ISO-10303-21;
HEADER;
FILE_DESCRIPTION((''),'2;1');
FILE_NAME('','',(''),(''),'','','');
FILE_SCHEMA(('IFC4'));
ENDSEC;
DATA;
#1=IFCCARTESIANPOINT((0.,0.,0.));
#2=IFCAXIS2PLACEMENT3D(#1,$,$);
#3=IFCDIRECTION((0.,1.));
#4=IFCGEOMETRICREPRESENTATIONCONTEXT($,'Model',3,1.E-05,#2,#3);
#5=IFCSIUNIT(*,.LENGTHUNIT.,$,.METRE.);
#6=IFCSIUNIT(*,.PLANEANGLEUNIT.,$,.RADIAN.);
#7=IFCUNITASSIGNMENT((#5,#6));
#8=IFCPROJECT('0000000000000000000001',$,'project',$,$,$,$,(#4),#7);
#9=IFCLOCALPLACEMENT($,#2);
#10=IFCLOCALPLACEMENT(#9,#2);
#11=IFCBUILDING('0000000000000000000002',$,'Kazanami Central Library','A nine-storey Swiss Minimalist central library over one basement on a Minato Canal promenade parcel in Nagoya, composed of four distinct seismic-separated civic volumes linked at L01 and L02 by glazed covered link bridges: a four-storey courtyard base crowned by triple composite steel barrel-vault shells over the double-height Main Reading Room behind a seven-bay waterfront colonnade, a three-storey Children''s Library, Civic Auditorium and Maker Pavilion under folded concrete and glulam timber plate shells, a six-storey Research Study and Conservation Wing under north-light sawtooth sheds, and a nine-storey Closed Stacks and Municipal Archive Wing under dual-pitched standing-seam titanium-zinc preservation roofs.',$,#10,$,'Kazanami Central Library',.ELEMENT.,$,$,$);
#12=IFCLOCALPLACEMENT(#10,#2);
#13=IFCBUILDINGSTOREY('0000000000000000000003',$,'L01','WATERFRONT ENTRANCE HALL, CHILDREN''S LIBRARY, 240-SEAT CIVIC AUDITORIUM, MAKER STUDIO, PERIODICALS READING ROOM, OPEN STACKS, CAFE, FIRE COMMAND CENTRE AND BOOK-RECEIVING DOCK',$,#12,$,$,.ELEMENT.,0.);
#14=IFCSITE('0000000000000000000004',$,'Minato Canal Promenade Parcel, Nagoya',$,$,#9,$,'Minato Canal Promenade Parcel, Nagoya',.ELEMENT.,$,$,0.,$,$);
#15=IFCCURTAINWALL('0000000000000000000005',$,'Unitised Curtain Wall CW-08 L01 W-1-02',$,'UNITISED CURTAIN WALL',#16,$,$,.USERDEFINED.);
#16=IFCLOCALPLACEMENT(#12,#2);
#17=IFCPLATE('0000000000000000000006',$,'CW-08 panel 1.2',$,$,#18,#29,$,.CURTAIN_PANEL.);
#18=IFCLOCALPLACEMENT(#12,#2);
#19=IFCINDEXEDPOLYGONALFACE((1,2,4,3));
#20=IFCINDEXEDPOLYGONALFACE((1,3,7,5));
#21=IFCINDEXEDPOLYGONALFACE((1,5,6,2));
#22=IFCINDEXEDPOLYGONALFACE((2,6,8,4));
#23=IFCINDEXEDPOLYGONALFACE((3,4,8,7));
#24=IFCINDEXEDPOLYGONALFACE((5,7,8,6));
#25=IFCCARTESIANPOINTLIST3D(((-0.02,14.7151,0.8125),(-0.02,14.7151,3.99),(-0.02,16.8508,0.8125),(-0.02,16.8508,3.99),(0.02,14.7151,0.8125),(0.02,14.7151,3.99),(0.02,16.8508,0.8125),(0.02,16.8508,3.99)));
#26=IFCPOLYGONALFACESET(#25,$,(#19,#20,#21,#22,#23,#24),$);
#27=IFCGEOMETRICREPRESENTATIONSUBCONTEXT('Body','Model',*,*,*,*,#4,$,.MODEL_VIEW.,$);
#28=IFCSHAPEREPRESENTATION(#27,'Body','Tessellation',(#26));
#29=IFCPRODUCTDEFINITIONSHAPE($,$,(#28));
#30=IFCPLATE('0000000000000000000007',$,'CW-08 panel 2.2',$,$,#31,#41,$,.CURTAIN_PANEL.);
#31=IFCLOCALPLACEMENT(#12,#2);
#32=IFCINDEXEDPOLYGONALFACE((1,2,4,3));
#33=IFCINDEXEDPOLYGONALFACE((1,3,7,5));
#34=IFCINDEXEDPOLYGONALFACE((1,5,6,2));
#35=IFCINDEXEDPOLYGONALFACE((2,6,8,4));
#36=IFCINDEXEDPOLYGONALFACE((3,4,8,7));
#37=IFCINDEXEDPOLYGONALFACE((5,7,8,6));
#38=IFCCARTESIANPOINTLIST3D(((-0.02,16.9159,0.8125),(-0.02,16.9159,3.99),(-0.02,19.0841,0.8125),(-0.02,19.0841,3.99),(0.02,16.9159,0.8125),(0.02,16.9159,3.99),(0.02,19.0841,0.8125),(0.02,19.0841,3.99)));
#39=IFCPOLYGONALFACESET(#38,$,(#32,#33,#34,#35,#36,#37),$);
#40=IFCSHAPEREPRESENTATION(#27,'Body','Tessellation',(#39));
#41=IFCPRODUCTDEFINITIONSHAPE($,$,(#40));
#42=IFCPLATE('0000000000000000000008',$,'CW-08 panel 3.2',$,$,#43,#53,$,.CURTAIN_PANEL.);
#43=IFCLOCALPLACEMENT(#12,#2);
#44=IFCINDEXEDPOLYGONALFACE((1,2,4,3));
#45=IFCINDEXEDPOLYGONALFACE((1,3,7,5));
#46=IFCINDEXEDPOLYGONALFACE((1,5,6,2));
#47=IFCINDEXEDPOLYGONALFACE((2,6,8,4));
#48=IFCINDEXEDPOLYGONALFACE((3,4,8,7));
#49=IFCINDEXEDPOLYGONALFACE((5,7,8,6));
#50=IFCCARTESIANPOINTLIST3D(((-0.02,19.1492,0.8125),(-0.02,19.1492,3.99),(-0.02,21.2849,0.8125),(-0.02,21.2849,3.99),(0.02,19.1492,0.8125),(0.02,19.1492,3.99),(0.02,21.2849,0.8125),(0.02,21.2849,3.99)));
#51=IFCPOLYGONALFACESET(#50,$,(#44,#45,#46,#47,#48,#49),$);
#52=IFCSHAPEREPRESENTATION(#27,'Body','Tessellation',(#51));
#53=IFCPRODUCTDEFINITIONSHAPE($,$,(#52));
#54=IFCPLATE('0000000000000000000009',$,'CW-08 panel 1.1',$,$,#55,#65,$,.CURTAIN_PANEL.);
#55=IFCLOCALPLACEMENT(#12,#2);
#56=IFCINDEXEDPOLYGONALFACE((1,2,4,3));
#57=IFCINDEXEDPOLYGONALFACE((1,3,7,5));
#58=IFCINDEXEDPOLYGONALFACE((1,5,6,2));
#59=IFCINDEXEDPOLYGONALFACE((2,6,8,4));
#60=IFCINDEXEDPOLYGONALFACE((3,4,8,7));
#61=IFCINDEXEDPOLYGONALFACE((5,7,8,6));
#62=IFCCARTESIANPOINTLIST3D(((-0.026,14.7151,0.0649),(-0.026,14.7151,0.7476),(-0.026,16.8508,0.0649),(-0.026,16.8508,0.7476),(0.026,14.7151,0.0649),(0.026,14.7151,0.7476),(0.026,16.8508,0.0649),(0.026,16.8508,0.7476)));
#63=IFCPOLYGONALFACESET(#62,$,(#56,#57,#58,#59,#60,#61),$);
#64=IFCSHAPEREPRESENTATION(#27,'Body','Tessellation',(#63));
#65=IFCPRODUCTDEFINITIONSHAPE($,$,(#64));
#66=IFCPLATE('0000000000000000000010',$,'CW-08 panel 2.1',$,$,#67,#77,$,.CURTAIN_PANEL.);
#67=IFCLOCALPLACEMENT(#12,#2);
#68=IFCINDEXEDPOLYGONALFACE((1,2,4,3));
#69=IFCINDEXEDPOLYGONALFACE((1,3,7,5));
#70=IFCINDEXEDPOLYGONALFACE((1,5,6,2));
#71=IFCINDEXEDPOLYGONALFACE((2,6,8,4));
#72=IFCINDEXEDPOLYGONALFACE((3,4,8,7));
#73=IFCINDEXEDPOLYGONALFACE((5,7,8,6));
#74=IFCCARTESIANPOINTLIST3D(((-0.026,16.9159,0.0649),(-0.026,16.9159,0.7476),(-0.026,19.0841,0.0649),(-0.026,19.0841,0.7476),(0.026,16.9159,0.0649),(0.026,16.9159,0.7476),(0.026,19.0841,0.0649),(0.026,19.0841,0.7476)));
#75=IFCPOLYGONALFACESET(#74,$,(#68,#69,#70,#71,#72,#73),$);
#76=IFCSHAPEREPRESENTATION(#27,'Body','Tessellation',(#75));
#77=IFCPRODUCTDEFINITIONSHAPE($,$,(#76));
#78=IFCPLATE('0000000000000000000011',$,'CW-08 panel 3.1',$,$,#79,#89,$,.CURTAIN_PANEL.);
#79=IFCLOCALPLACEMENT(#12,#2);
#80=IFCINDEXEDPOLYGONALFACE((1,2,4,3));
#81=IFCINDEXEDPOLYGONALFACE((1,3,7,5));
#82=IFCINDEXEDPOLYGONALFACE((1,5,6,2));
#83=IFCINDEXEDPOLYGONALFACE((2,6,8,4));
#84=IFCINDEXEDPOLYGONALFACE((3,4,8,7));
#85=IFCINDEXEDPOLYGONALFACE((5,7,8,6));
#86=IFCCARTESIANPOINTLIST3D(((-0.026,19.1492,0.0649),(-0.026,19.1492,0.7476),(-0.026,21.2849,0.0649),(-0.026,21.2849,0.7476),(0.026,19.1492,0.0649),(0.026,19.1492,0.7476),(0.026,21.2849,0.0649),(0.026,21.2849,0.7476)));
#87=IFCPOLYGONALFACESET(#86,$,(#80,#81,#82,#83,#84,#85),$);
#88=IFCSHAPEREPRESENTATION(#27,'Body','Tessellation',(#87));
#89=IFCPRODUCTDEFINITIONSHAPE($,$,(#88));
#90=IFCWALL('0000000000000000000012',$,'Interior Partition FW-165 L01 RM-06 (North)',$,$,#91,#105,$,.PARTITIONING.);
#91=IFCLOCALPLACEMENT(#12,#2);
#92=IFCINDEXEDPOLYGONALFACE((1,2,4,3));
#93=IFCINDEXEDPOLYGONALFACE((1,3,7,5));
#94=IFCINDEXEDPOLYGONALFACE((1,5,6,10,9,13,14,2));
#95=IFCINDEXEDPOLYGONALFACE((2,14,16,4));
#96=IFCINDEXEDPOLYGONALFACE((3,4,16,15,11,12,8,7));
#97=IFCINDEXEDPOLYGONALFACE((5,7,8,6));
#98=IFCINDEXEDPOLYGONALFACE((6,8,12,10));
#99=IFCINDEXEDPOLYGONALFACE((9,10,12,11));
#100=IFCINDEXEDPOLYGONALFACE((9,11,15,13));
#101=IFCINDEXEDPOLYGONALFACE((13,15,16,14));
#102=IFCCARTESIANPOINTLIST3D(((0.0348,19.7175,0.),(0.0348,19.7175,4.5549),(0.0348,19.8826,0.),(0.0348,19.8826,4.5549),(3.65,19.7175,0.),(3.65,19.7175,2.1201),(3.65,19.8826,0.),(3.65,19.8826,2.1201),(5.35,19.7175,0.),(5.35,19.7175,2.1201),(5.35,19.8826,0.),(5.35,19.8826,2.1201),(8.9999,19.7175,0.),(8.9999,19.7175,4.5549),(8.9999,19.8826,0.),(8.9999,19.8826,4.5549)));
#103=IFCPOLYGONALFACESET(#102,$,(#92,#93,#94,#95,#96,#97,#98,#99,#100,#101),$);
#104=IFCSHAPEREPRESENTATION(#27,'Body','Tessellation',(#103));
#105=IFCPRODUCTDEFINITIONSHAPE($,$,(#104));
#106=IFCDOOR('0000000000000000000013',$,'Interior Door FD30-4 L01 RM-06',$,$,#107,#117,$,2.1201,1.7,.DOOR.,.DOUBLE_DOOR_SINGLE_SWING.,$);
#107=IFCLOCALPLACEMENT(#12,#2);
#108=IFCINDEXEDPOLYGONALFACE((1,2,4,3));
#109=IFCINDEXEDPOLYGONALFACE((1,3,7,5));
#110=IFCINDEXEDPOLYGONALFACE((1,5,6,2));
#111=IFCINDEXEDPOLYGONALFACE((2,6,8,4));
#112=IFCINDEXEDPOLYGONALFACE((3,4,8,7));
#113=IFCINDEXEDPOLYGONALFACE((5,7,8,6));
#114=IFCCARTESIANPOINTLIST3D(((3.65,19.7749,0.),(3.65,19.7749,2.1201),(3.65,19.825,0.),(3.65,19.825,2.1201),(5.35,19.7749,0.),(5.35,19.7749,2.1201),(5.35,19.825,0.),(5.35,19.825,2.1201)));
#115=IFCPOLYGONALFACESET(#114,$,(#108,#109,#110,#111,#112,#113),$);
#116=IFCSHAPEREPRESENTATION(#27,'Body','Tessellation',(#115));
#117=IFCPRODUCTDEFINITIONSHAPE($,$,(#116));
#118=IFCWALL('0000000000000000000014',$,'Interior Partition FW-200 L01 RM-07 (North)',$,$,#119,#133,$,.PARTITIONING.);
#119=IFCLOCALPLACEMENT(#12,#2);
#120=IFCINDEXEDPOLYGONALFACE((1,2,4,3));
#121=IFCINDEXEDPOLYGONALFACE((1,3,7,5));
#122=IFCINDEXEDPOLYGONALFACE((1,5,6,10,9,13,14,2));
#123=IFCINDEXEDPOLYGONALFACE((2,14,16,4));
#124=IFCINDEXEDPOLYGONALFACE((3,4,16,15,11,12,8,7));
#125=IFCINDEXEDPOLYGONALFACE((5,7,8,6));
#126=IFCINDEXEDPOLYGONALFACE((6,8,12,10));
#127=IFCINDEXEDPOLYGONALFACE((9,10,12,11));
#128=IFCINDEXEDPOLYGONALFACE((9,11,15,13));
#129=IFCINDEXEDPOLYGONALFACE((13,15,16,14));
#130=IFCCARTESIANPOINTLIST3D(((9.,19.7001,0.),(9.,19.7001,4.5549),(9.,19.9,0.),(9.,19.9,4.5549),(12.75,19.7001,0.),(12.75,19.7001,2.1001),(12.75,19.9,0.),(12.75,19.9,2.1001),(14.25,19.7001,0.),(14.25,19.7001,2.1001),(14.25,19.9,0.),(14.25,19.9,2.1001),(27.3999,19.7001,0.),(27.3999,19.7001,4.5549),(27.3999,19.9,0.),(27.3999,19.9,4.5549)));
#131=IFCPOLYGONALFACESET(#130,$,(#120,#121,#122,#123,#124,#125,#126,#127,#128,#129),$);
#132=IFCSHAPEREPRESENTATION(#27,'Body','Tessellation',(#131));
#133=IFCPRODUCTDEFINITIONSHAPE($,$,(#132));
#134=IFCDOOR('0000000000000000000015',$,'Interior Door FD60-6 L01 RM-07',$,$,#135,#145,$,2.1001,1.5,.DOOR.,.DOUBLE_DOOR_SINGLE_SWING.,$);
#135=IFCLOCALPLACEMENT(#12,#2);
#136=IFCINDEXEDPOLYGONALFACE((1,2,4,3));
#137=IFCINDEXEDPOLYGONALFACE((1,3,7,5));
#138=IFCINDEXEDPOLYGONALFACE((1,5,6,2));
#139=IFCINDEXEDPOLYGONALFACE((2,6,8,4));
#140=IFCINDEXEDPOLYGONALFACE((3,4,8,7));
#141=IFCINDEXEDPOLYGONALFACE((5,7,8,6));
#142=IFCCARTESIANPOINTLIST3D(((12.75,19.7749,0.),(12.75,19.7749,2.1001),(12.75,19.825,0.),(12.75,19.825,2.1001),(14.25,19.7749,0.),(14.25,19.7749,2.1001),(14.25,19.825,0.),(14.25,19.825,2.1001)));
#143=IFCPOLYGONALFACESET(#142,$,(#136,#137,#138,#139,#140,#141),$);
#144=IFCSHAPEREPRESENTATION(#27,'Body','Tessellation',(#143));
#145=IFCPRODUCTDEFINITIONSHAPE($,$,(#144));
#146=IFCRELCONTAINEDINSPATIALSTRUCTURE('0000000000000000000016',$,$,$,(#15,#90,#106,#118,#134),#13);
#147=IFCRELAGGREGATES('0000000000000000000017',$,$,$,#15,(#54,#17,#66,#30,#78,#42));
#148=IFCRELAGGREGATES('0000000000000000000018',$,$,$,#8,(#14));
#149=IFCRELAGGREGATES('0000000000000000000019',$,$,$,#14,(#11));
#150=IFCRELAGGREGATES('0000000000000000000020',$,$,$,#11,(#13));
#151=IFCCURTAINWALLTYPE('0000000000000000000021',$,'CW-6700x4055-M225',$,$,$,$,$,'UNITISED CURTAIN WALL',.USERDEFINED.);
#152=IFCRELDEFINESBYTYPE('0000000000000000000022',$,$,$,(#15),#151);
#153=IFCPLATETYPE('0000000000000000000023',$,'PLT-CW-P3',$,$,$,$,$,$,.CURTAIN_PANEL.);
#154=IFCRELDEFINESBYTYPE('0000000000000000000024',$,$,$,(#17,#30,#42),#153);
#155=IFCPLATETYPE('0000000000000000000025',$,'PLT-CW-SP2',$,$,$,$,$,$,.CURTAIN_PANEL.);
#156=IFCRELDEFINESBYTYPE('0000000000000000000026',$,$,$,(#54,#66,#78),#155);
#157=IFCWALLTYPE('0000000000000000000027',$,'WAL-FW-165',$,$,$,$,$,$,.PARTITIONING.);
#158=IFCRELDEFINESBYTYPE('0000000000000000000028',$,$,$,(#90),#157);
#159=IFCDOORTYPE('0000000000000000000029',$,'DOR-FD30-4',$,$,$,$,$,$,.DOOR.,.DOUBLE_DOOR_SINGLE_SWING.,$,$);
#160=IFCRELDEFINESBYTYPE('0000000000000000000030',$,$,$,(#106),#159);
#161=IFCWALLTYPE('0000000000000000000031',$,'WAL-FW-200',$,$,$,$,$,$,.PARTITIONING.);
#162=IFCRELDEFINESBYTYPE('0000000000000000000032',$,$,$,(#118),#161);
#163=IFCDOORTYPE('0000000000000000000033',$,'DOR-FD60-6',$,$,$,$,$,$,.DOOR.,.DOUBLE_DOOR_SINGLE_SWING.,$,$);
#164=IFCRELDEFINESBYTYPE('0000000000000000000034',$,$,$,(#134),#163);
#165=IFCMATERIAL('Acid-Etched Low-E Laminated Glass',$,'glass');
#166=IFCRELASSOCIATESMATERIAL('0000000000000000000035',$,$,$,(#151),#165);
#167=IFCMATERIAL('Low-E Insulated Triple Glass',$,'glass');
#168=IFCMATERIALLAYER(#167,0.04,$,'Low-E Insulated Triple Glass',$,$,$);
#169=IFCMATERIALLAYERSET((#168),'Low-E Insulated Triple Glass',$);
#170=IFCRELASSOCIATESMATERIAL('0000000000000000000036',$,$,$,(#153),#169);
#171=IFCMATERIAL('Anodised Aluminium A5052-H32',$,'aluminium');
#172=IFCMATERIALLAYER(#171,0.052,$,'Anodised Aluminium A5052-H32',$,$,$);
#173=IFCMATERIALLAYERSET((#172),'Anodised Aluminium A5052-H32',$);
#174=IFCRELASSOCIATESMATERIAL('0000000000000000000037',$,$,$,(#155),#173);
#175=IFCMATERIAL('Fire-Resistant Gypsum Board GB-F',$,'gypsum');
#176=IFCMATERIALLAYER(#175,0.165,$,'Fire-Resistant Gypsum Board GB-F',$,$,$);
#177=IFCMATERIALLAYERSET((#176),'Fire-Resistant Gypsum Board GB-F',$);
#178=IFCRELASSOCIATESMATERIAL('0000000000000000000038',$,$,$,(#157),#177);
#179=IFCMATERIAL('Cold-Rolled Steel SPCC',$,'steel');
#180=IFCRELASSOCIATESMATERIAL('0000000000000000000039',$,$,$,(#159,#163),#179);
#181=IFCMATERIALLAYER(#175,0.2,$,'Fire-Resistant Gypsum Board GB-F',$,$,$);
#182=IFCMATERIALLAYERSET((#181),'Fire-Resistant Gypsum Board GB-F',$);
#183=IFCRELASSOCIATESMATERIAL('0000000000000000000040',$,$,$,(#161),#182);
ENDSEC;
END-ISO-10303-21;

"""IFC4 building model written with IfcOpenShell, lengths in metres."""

from ifc_helpers import new_model, si_unit, direction, frame, frame_2d, origin, origin_2d, place, context, subcontext, project, spatial, rectangle, extrude, material, layer, layer_set, type_object, element, fill, aggregate, save


model = new_model("IFC4")

# Units and contexts
model_context = context("Model", 3, precision=1e-05, world=origin(), true_north=direction((0.0, 1.0)))
body_context = subcontext(model_context, "Body", "Model", "MODEL_VIEW")
ifc_project = project(units=[si_unit("LENGTHUNIT", "METRE"), si_unit("PLANEANGLEUNIT", "RADIAN")], contexts=[model_context])

# Site, building, storey
site_placement = place(None, origin())
site = spatial("IfcSite", under=ifc_project, at=site_placement, Name="Minato Canal Promenade Parcel, Nagoya", LongName="Minato Canal Promenade Parcel, Nagoya", CompositionType="ELEMENT", RefElevation=0.0)
building_placement = place(site_placement, origin())
building = spatial("IfcBuilding", under=site, at=building_placement, Name="Kazanami Central Library", Description="A nine-storey Swiss Minimalist central library over one basement on a Minato Canal promenade parcel in Nagoya, composed of four distinct seismic-separated civic volumes linked at L01 and L02 by glazed covered link bridges: a four-storey courtyard base crowned by triple composite steel barrel-vault shells over the double-height Main Reading Room behind a seven-bay waterfront colonnade, a three-storey Children's Library, Civic Auditorium and Maker Pavilion under folded concrete and glulam timber plate shells, a six-storey Research Study and Conservation Wing under north-light sawtooth sheds, and a nine-storey Closed Stacks and Municipal Archive Wing under dual-pitched standing-seam titanium-zinc preservation roofs.", LongName="Kazanami Central Library", CompositionType="ELEMENT")
storey_placement = place(building_placement, origin())
storey = spatial("IfcBuildingStorey", under=building, at=storey_placement, Name="L01", Description="WATERFRONT ENTRANCE HALL, CHILDREN'S LIBRARY, 240-SEAT CIVIC AUDITORIUM, MAKER STUDIO, PERIODICALS READING ROOM, OPEN STACKS, CAFE, FIRE COMMAND CENTRE AND BOOK-RECEIVING DOCK", CompositionType="ELEMENT", Elevation=0.0)

# Curtain wall, plates
ifc_material_1 = material(Name="Acid-Etched Low-E Laminated Glass", Category="glass")
curtain_wall_type = type_object("IfcCurtainWallType", Name="CW-6700x4055-M225", ElementType="UNITISED CURTAIN WALL", PredefinedType="USERDEFINED", material=ifc_material_1)
curtain_wall_placement = place(storey_placement, origin())
curtain_wall = element("IfcCurtainWall", 1, at=curtain_wall_placement, inside=storey, type_object=curtain_wall_type, Name="Unitised Curtain Wall CW-08 L01 W-1-02", ObjectType="UNITISED CURTAIN WALL", PredefinedType="USERDEFINED")
ifc_material_2 = material(Name="Low-E Insulated Triple Glass", Category="glass")
ifc_layer_1 = layer(ifc_material_2, 0.04, Name="Low-E Insulated Triple Glass")
ifc_layer_set_1 = layer_set([ifc_layer_1], Name="Low-E Insulated Triple Glass")
plate_type_1 = type_object("IfcPlateType", Name="PLT-CW-P3", PredefinedType="CURTAIN_PANEL", material=ifc_layer_set_1)
plate_1_placement = place(storey_placement, frame((0.0, 15.783, 0.8125), z_axis=(0.0, 0.0, 1.0), x_axis=(0.0, 1.0, 0.0)))
plate_1 = element("IfcPlate", 2, at=plate_1_placement, type_object=plate_type_1, Name="CW-08 panel 1.2", PredefinedType="CURTAIN_PANEL", context=body_context, shape_type="SweptSolid", body=[
    extrude(rectangle(XDim=2.1357, YDim=0.04, at=origin_2d()), origin(), (0.0, 0.0, 1.0), 3.1775),
])
plate_2_placement = place(storey_placement, frame((0.0, 18.0, 0.8125), z_axis=(0.0, 0.0, 1.0), x_axis=(0.0, 1.0, 0.0)))
plate_2 = element("IfcPlate", 3, at=plate_2_placement, type_object=plate_type_1, Name="CW-08 panel 2.2", PredefinedType="CURTAIN_PANEL", context=body_context, shape_type="SweptSolid", body=[
    extrude(rectangle(XDim=2.1682, YDim=0.04, at=origin_2d()), origin(), (0.0, 0.0, 1.0), 3.1775),
])
plate_3_placement = place(storey_placement, frame((0.0, 20.217, 0.8125), z_axis=(0.0, 0.0, 1.0), x_axis=(0.0, 1.0, 0.0)))
plate_3 = element("IfcPlate", 4, at=plate_3_placement, type_object=plate_type_1, Name="CW-08 panel 3.2", PredefinedType="CURTAIN_PANEL", context=body_context, shape_type="SweptSolid", body=[
    extrude(rectangle(XDim=2.1357, YDim=0.04, at=origin_2d()), origin(), (0.0, 0.0, 1.0), 3.1775),
])
ifc_material_3 = material(Name="Anodised Aluminium A5052-H32", Category="aluminium")
ifc_layer_2 = layer(ifc_material_3, 0.052, Name="Anodised Aluminium A5052-H32")
ifc_layer_set_2 = layer_set([ifc_layer_2], Name="Anodised Aluminium A5052-H32")
plate_type_2 = type_object("IfcPlateType", Name="PLT-CW-SP2", PredefinedType="CURTAIN_PANEL", material=ifc_layer_set_2)
plate_4_placement = place(storey_placement, frame((0.0, 15.783, 0.0649), z_axis=(0.0, 0.0, 1.0), x_axis=(0.0, 1.0, 0.0)))
plate_4 = element("IfcPlate", 5, at=plate_4_placement, type_object=plate_type_2, Name="CW-08 panel 1.1", PredefinedType="CURTAIN_PANEL", context=body_context, shape_type="SweptSolid", body=[
    extrude(rectangle(XDim=2.1357, YDim=0.052, at=origin_2d()), origin(), (0.0, 0.0, 1.0), 0.6826),
])
plate_5_placement = place(storey_placement, frame((0.0, 18.0, 0.0649), z_axis=(0.0, 0.0, 1.0), x_axis=(0.0, 1.0, 0.0)))
plate_5 = element("IfcPlate", 6, at=plate_5_placement, type_object=plate_type_2, Name="CW-08 panel 2.1", PredefinedType="CURTAIN_PANEL", context=body_context, shape_type="SweptSolid", body=[
    extrude(rectangle(XDim=2.1682, YDim=0.052, at=origin_2d()), origin(), (0.0, 0.0, 1.0), 0.6826),
])
plate_6_placement = place(storey_placement, frame((0.0, 20.217, 0.0649), z_axis=(0.0, 0.0, 1.0), x_axis=(0.0, 1.0, 0.0)))
plate_6 = element("IfcPlate", 7, at=plate_6_placement, type_object=plate_type_2, Name="CW-08 panel 3.1", PredefinedType="CURTAIN_PANEL", context=body_context, shape_type="SweptSolid", body=[
    extrude(rectangle(XDim=2.1357, YDim=0.052, at=origin_2d()), origin(), (0.0, 0.0, 1.0), 0.6826),
])
aggregate(curtain_wall, [plate_4, plate_1, plate_5, plate_2, plate_6, plate_3])

# Walls, openings, doors
ifc_material_4 = material(Name="Fire-Resistant Gypsum Board GB-F", Category="gypsum")
ifc_layer_3 = layer(ifc_material_4, 0.165, Name="Fire-Resistant Gypsum Board GB-F")
ifc_layer_set_3 = layer_set([ifc_layer_3], Name="Fire-Resistant Gypsum Board GB-F")
wall_type_1 = type_object("IfcWallType", Name="WAL-FW-165", PredefinedType="PARTITIONING", material=ifc_layer_set_3)
wall_1_placement = place(storey_placement, frame((0.0349, 19.8, 0.0), z_axis=(0.0, 0.0, 1.0), x_axis=(1.0, 0.0, 0.0)))
wall_1 = element("IfcWall", 8, at=wall_1_placement, inside=storey, type_object=wall_type_1, Name="Interior Partition FW-165 L01 RM-06 (North)", PredefinedType="PARTITIONING", context=body_context, shape_type="SweptSolid", body=[
    extrude(rectangle(XDim=8.9651, YDim=0.165, at=frame_2d((4.4824, 0.0))), origin(), (0.0, 0.0, 1.0), 4.5549),
])
opening_1_placement = place(wall_1_placement, frame((3.615, 0.0, 0.0)))
opening_1 = element("IfcOpeningElement", 9, at=opening_1_placement, cuts=wall_1, PredefinedType="OPENING", context=body_context, shape_type="SweptSolid", body=[
    extrude(rectangle(XDim=1.7, YDim=2.1201, at=frame_2d((0.8501, 1.0601))), frame((0.0, 0.0945, 0.0), z_axis=(0.0, -1.0, 0.0), x_axis=(1.0, 0.0, 0.0)), (0.0, 0.0, 1.0), 0.189),
])
ifc_material_5 = material(Name="Cold-Rolled Steel SPCC", Category="steel")
door_type_1 = type_object("IfcDoorType", Name="DOR-FD30-4", OperationType="DOUBLE_DOOR_SINGLE_SWING", PredefinedType="DOOR", material=ifc_material_5)
door_1_placement = place(opening_1_placement, origin())
door_1 = element("IfcDoor", 10, at=door_1_placement, inside=storey, type_object=door_type_1, Name="Interior Door FD30-4 L01 RM-06", OperationType="DOUBLE_DOOR_SINGLE_SWING", OverallHeight=2.1201, OverallWidth=1.7, PredefinedType="DOOR", context=body_context, shape_type="SweptSolid", body=[
    extrude(rectangle(XDim=1.7, YDim=2.1201, at=frame_2d((0.8501, 1.0601))), frame((0.0, 0.0249, 0.0), z_axis=(0.0, -1.0, 0.0), x_axis=(1.0, 0.0, 0.0)), (0.0, 0.0, 1.0), 0.05),
])
fill(opening_1, door_1)
ifc_layer_4 = layer(ifc_material_4, 0.2, Name="Fire-Resistant Gypsum Board GB-F")
ifc_layer_set_4 = layer_set([ifc_layer_4], Name="Fire-Resistant Gypsum Board GB-F")
wall_type_2 = type_object("IfcWallType", Name="WAL-FW-200", PredefinedType="PARTITIONING", material=ifc_layer_set_4)
wall_2_placement = place(storey_placement, frame((9.0, 19.8, 0.0), z_axis=(0.0, 0.0, 1.0), x_axis=(1.0, 0.0, 0.0)))
wall_2 = element("IfcWall", 11, at=wall_2_placement, inside=storey, type_object=wall_type_2, Name="Interior Partition FW-200 L01 RM-07 (North)", PredefinedType="PARTITIONING", context=body_context, shape_type="SweptSolid", body=[
    extrude(rectangle(XDim=18.3999, YDim=0.2, at=frame_2d((9.2, 0.0))), origin(), (0.0, 0.0, 1.0), 4.5549),
])
opening_2_placement = place(wall_2_placement, frame((3.75, 0.0, 0.0)))
opening_2 = element("IfcOpeningElement", 12, at=opening_2_placement, cuts=wall_2, PredefinedType="OPENING", context=body_context, shape_type="SweptSolid", body=[
    extrude(rectangle(XDim=1.5, YDim=2.1001, at=frame_2d((0.75, 1.05))), frame((0.0, 0.1118, 0.0), z_axis=(0.0, -1.0, 0.0), x_axis=(1.0, 0.0, 0.0)), (0.0, 0.0, 1.0), 0.2239),
])
door_type_2 = type_object("IfcDoorType", Name="DOR-FD60-6", OperationType="DOUBLE_DOOR_SINGLE_SWING", PredefinedType="DOOR", material=ifc_material_5)
door_2_placement = place(opening_2_placement, origin())
door_2 = element("IfcDoor", 13, at=door_2_placement, inside=storey, type_object=door_type_2, Name="Interior Door FD60-6 L01 RM-07", OperationType="DOUBLE_DOOR_SINGLE_SWING", OverallHeight=2.1001, OverallWidth=1.5, PredefinedType="DOOR", context=body_context, shape_type="SweptSolid", body=[
    extrude(rectangle(XDim=1.5, YDim=2.1001, at=frame_2d((0.75, 1.05))), frame((0.0, 0.0249, 0.0), z_axis=(0.0, -1.0, 0.0), x_axis=(1.0, 0.0, 0.0)), (0.0, 0.0, 1.0), 0.05),
])
fill(opening_2, door_2)

save(model, "model.ifc")
